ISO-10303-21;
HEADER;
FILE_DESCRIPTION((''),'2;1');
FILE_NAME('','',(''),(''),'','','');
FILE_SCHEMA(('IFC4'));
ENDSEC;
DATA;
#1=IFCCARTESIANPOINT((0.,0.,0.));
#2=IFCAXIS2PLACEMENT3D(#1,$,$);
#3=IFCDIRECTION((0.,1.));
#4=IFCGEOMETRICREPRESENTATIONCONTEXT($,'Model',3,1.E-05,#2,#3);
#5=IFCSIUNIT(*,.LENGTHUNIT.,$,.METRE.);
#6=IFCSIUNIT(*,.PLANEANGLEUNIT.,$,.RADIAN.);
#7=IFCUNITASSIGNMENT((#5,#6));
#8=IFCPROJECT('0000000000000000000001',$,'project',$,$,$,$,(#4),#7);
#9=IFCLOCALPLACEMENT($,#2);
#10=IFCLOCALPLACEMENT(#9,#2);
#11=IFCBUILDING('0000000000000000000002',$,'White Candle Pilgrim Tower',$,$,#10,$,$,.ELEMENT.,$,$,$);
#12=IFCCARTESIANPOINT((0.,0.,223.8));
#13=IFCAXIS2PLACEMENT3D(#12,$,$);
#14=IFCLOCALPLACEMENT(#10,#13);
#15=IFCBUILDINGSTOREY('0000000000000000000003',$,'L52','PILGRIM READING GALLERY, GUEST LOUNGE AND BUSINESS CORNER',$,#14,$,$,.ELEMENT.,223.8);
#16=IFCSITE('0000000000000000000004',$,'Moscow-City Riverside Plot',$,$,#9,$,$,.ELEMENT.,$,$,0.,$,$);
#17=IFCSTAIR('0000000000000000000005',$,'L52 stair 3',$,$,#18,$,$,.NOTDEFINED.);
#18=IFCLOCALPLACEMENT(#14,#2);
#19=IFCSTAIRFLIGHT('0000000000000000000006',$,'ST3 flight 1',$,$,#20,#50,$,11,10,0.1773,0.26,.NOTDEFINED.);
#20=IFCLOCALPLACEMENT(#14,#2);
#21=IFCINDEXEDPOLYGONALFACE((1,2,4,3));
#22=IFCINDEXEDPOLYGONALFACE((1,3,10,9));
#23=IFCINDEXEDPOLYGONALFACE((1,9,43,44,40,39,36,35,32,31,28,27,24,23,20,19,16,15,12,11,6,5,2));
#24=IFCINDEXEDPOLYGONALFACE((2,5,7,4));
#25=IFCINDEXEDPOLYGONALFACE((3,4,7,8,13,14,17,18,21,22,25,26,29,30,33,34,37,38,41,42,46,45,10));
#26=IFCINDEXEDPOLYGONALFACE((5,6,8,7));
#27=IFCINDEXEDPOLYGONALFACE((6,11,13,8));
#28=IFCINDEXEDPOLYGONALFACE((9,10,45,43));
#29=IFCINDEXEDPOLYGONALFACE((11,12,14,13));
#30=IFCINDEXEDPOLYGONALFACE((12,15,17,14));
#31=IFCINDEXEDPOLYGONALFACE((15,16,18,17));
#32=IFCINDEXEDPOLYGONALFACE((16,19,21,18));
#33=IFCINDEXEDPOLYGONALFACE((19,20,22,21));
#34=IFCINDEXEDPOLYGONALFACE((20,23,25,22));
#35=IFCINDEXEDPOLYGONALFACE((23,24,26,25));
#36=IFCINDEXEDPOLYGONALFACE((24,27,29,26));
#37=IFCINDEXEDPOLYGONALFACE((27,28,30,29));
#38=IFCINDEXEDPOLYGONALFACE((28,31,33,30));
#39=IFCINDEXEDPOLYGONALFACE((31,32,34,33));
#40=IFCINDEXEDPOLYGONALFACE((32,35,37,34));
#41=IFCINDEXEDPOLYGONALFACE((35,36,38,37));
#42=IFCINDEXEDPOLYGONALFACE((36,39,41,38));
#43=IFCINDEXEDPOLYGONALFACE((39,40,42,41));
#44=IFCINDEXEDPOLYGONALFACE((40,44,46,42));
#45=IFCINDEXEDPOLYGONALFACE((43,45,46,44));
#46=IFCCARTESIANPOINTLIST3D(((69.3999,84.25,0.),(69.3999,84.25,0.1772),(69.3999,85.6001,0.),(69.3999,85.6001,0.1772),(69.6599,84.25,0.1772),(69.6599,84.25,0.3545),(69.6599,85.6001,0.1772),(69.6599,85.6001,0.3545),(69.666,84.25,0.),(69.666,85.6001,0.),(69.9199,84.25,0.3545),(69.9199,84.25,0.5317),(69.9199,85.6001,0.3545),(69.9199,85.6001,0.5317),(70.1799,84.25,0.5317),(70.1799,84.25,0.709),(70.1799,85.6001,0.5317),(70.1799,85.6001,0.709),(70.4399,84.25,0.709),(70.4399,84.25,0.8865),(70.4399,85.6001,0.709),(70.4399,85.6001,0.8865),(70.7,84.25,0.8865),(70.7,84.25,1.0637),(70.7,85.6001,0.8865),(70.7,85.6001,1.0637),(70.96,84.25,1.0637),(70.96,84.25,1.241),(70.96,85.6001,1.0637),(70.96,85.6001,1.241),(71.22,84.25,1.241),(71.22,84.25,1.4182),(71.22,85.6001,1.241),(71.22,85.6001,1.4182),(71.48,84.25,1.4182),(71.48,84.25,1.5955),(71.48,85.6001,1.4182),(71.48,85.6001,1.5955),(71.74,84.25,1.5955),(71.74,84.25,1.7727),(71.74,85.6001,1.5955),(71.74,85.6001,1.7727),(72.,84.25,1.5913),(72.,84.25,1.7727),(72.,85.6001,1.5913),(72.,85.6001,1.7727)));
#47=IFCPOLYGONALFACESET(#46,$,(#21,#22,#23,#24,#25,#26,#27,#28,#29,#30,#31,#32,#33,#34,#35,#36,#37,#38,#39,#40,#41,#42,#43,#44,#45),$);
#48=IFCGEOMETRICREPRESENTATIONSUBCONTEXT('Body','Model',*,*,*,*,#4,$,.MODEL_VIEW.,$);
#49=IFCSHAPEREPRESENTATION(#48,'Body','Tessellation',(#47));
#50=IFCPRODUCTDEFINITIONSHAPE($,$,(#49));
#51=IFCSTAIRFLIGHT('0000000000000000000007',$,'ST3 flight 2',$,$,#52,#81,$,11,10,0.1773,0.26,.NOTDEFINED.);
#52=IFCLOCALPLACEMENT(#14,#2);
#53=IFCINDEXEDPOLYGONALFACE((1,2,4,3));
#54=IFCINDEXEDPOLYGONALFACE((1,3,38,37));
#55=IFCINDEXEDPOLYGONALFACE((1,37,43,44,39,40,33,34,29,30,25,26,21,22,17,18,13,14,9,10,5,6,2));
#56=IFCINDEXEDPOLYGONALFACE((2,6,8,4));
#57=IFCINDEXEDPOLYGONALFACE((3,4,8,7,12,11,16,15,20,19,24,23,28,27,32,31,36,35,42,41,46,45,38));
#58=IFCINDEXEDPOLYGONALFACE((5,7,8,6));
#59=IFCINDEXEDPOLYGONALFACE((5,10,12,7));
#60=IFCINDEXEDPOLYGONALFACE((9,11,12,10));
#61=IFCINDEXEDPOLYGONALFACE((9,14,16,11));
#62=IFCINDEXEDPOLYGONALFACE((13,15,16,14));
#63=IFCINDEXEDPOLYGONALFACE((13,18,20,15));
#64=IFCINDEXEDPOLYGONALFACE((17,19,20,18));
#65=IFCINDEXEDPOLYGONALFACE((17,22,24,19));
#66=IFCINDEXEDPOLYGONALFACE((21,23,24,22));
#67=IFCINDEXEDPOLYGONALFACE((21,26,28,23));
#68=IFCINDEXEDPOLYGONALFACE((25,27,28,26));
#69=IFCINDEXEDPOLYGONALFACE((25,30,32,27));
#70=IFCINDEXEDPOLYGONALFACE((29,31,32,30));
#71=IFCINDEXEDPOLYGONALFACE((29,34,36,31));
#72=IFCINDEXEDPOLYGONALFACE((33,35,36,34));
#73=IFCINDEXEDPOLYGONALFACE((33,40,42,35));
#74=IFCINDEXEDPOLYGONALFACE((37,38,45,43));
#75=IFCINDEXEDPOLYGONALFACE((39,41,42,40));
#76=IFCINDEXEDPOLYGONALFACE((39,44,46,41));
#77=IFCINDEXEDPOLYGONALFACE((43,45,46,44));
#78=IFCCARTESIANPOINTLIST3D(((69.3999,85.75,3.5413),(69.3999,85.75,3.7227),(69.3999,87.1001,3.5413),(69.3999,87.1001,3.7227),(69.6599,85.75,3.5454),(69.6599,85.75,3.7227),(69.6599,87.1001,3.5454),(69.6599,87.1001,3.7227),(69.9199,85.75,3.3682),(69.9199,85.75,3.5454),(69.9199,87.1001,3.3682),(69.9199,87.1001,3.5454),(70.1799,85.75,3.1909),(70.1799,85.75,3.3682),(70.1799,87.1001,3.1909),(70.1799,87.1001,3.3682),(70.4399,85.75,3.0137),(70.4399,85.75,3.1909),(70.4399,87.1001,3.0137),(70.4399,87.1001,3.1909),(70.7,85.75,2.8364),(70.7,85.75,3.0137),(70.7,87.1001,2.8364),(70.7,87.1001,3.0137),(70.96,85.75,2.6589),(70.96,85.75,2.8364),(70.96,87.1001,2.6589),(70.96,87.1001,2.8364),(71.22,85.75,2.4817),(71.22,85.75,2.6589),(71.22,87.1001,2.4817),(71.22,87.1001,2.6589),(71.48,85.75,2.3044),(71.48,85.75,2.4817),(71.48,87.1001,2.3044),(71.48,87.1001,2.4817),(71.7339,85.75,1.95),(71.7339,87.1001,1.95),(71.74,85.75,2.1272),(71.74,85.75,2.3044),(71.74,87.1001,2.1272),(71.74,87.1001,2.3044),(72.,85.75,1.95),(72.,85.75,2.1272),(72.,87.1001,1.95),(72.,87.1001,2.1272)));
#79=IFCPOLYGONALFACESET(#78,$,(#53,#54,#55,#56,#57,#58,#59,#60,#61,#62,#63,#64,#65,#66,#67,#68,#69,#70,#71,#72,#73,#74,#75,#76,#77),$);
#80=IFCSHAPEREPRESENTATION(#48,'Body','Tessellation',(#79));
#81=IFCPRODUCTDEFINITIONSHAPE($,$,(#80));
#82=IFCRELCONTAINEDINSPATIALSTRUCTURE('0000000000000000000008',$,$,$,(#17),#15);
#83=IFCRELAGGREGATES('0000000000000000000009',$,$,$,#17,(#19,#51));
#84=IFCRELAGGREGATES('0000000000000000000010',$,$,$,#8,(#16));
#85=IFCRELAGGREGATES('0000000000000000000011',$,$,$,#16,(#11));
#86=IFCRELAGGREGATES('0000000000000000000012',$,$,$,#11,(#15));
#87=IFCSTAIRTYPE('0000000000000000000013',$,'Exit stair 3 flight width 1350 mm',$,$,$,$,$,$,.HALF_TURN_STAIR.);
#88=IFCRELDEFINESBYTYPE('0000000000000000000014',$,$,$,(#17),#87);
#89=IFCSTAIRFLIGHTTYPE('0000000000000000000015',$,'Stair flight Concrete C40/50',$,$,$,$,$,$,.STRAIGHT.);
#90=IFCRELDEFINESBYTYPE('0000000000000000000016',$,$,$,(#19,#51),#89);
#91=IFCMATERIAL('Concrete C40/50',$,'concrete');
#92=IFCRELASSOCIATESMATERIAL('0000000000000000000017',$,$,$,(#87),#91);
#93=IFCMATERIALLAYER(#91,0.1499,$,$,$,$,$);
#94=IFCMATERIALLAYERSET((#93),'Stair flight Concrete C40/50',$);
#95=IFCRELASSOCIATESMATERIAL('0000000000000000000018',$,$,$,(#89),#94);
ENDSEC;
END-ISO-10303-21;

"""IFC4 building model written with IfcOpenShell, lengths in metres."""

from ifc_helpers import new_model, si_unit, direction, frame, origin, place, context, subcontext, project, spatial, polyline, outline, extrude, material, layer, layer_set, type_object, element, aggregate, save


model = new_model("IFC4")

# Units and contexts
model_context = context("Model", 3, precision=1e-05, world=origin(), true_north=direction((0.0, 1.0)))
body_context = subcontext(model_context, "Body", "Model", "MODEL_VIEW")
ifc_project = project(units=[si_unit("LENGTHUNIT", "METRE"), si_unit("PLANEANGLEUNIT", "RADIAN")], contexts=[model_context])

# Site, building, storey
site_placement = place(None, origin())
site = spatial("IfcSite", under=ifc_project, at=site_placement, Name="Moscow-City Riverside Plot", CompositionType="ELEMENT", RefElevation=0.0)
building_placement = place(site_placement, origin())
building = spatial("IfcBuilding", under=site, at=building_placement, Name="White Candle Pilgrim Tower", CompositionType="ELEMENT")
storey_placement = place(building_placement, frame((0.0, 0.0, 223.8)))
storey = spatial("IfcBuildingStorey", under=building, at=storey_placement, Name="L52", Description="PILGRIM READING GALLERY, GUEST LOUNGE AND BUSINESS CORNER", CompositionType="ELEMENT", Elevation=223.8)

# Stair, stair flights
ifc_material_1 = material(Name="Concrete C40/50", Category="concrete")
stair_type = type_object("IfcStairType", Name="Exit stair 3 flight width 1350 mm", PredefinedType="HALF_TURN_STAIR", material=ifc_material_1)
stair_placement = place(storey_placement, origin())
stair = element("IfcStair", 1, at=stair_placement, inside=storey, type_object=stair_type, Name="L52 stair 3", PredefinedType="NOTDEFINED")
ifc_layer_1 = layer(ifc_material_1, 0.1499)
ifc_layer_set_1 = layer_set([ifc_layer_1], Name="Stair flight Concrete C40/50")
stair_flight_type = type_object("IfcStairFlightType", Name="Stair flight Concrete C40/50", PredefinedType="STRAIGHT", material=ifc_layer_set_1)
stair_flight_1_placement = place(storey_placement, frame((69.3999, 84.925, 0.0), z_axis=(0.0, 0.0, 1.0), x_axis=(1.0, 0.0, 0.0)))
stair_flight_1 = element("IfcStairFlight", 2, at=stair_flight_1_placement, type_object=stair_flight_type, Name="ST3 flight 1", NumberOfRisers=11, NumberOfTreads=10, PredefinedType="NOTDEFINED", RiserHeight=0.1773, TreadLength=0.26, context=body_context, shape_type="SweptSolid", body=[
    extrude(outline(polyline([(0.0, 0.0), (0.0, 0.1772), (0.26, 0.1772), (0.26, 0.3545), (0.52, 0.3545), (0.52, 0.5317), (0.78, 0.5317), (0.78, 0.709), (1.04, 0.709), (1.04, 0.8865), (1.3, 0.8865), (1.3, 1.0637), (1.5601, 1.0637), (1.5601, 1.241), (1.8201, 1.241), (1.8201, 1.4182), (2.0801, 1.4182), (2.0801, 1.5955), (2.3401, 1.5955), (2.3401, 1.7727), (2.6001, 1.7727), (2.6001, 1.95), (2.6001, 1.5913), (0.2661, 0.0), (0.0, 0.0)])), frame((0.0, 0.675, 0.0), z_axis=(0.0, -1.0, 0.0), x_axis=(1.0, 0.0, 0.0)), (0.0, 0.0, 1.0), 1.3501),
])
stair_flight_2_placement = place(storey_placement, frame((72.0, 86.425, 1.95), z_axis=(0.0, 0.0, 1.0), x_axis=(-1.0, 0.0, 0.0)))
stair_flight_2 = element("IfcStairFlight", 3, at=stair_flight_2_placement, type_object=stair_flight_type, Name="ST3 flight 2", NumberOfRisers=11, NumberOfTreads=10, PredefinedType="NOTDEFINED", RiserHeight=0.1773, TreadLength=0.26, context=body_context, shape_type="SweptSolid", body=[
    extrude(outline(polyline([(0.0, 0.0), (0.0, 0.1772), (0.26, 0.1772), (0.26, 0.3545), (0.52, 0.3545), (0.52, 0.5317), (0.78, 0.5317), (0.78, 0.709), (1.04, 0.709), (1.04, 0.8865), (1.3, 0.8865), (1.3, 1.0637), (1.5601, 1.0637), (1.5601, 1.241), (1.8201, 1.241), (1.8201, 1.4182), (2.0801, 1.4182), (2.0801, 1.5955), (2.3401, 1.5955), (2.3401, 1.7727), (2.6001, 1.7727), (2.6001, 1.95), (2.6001, 1.5913), (0.2661, 0.0), (0.0, 0.0)])), frame((0.0, 0.675, 0.0), z_axis=(0.0, -1.0, 0.0), x_axis=(1.0, 0.0, 0.0)), (0.0, 0.0, 1.0), 1.3501),
])
aggregate(stair, [stair_flight_1, stair_flight_2])

save(model, "model.ifc")
